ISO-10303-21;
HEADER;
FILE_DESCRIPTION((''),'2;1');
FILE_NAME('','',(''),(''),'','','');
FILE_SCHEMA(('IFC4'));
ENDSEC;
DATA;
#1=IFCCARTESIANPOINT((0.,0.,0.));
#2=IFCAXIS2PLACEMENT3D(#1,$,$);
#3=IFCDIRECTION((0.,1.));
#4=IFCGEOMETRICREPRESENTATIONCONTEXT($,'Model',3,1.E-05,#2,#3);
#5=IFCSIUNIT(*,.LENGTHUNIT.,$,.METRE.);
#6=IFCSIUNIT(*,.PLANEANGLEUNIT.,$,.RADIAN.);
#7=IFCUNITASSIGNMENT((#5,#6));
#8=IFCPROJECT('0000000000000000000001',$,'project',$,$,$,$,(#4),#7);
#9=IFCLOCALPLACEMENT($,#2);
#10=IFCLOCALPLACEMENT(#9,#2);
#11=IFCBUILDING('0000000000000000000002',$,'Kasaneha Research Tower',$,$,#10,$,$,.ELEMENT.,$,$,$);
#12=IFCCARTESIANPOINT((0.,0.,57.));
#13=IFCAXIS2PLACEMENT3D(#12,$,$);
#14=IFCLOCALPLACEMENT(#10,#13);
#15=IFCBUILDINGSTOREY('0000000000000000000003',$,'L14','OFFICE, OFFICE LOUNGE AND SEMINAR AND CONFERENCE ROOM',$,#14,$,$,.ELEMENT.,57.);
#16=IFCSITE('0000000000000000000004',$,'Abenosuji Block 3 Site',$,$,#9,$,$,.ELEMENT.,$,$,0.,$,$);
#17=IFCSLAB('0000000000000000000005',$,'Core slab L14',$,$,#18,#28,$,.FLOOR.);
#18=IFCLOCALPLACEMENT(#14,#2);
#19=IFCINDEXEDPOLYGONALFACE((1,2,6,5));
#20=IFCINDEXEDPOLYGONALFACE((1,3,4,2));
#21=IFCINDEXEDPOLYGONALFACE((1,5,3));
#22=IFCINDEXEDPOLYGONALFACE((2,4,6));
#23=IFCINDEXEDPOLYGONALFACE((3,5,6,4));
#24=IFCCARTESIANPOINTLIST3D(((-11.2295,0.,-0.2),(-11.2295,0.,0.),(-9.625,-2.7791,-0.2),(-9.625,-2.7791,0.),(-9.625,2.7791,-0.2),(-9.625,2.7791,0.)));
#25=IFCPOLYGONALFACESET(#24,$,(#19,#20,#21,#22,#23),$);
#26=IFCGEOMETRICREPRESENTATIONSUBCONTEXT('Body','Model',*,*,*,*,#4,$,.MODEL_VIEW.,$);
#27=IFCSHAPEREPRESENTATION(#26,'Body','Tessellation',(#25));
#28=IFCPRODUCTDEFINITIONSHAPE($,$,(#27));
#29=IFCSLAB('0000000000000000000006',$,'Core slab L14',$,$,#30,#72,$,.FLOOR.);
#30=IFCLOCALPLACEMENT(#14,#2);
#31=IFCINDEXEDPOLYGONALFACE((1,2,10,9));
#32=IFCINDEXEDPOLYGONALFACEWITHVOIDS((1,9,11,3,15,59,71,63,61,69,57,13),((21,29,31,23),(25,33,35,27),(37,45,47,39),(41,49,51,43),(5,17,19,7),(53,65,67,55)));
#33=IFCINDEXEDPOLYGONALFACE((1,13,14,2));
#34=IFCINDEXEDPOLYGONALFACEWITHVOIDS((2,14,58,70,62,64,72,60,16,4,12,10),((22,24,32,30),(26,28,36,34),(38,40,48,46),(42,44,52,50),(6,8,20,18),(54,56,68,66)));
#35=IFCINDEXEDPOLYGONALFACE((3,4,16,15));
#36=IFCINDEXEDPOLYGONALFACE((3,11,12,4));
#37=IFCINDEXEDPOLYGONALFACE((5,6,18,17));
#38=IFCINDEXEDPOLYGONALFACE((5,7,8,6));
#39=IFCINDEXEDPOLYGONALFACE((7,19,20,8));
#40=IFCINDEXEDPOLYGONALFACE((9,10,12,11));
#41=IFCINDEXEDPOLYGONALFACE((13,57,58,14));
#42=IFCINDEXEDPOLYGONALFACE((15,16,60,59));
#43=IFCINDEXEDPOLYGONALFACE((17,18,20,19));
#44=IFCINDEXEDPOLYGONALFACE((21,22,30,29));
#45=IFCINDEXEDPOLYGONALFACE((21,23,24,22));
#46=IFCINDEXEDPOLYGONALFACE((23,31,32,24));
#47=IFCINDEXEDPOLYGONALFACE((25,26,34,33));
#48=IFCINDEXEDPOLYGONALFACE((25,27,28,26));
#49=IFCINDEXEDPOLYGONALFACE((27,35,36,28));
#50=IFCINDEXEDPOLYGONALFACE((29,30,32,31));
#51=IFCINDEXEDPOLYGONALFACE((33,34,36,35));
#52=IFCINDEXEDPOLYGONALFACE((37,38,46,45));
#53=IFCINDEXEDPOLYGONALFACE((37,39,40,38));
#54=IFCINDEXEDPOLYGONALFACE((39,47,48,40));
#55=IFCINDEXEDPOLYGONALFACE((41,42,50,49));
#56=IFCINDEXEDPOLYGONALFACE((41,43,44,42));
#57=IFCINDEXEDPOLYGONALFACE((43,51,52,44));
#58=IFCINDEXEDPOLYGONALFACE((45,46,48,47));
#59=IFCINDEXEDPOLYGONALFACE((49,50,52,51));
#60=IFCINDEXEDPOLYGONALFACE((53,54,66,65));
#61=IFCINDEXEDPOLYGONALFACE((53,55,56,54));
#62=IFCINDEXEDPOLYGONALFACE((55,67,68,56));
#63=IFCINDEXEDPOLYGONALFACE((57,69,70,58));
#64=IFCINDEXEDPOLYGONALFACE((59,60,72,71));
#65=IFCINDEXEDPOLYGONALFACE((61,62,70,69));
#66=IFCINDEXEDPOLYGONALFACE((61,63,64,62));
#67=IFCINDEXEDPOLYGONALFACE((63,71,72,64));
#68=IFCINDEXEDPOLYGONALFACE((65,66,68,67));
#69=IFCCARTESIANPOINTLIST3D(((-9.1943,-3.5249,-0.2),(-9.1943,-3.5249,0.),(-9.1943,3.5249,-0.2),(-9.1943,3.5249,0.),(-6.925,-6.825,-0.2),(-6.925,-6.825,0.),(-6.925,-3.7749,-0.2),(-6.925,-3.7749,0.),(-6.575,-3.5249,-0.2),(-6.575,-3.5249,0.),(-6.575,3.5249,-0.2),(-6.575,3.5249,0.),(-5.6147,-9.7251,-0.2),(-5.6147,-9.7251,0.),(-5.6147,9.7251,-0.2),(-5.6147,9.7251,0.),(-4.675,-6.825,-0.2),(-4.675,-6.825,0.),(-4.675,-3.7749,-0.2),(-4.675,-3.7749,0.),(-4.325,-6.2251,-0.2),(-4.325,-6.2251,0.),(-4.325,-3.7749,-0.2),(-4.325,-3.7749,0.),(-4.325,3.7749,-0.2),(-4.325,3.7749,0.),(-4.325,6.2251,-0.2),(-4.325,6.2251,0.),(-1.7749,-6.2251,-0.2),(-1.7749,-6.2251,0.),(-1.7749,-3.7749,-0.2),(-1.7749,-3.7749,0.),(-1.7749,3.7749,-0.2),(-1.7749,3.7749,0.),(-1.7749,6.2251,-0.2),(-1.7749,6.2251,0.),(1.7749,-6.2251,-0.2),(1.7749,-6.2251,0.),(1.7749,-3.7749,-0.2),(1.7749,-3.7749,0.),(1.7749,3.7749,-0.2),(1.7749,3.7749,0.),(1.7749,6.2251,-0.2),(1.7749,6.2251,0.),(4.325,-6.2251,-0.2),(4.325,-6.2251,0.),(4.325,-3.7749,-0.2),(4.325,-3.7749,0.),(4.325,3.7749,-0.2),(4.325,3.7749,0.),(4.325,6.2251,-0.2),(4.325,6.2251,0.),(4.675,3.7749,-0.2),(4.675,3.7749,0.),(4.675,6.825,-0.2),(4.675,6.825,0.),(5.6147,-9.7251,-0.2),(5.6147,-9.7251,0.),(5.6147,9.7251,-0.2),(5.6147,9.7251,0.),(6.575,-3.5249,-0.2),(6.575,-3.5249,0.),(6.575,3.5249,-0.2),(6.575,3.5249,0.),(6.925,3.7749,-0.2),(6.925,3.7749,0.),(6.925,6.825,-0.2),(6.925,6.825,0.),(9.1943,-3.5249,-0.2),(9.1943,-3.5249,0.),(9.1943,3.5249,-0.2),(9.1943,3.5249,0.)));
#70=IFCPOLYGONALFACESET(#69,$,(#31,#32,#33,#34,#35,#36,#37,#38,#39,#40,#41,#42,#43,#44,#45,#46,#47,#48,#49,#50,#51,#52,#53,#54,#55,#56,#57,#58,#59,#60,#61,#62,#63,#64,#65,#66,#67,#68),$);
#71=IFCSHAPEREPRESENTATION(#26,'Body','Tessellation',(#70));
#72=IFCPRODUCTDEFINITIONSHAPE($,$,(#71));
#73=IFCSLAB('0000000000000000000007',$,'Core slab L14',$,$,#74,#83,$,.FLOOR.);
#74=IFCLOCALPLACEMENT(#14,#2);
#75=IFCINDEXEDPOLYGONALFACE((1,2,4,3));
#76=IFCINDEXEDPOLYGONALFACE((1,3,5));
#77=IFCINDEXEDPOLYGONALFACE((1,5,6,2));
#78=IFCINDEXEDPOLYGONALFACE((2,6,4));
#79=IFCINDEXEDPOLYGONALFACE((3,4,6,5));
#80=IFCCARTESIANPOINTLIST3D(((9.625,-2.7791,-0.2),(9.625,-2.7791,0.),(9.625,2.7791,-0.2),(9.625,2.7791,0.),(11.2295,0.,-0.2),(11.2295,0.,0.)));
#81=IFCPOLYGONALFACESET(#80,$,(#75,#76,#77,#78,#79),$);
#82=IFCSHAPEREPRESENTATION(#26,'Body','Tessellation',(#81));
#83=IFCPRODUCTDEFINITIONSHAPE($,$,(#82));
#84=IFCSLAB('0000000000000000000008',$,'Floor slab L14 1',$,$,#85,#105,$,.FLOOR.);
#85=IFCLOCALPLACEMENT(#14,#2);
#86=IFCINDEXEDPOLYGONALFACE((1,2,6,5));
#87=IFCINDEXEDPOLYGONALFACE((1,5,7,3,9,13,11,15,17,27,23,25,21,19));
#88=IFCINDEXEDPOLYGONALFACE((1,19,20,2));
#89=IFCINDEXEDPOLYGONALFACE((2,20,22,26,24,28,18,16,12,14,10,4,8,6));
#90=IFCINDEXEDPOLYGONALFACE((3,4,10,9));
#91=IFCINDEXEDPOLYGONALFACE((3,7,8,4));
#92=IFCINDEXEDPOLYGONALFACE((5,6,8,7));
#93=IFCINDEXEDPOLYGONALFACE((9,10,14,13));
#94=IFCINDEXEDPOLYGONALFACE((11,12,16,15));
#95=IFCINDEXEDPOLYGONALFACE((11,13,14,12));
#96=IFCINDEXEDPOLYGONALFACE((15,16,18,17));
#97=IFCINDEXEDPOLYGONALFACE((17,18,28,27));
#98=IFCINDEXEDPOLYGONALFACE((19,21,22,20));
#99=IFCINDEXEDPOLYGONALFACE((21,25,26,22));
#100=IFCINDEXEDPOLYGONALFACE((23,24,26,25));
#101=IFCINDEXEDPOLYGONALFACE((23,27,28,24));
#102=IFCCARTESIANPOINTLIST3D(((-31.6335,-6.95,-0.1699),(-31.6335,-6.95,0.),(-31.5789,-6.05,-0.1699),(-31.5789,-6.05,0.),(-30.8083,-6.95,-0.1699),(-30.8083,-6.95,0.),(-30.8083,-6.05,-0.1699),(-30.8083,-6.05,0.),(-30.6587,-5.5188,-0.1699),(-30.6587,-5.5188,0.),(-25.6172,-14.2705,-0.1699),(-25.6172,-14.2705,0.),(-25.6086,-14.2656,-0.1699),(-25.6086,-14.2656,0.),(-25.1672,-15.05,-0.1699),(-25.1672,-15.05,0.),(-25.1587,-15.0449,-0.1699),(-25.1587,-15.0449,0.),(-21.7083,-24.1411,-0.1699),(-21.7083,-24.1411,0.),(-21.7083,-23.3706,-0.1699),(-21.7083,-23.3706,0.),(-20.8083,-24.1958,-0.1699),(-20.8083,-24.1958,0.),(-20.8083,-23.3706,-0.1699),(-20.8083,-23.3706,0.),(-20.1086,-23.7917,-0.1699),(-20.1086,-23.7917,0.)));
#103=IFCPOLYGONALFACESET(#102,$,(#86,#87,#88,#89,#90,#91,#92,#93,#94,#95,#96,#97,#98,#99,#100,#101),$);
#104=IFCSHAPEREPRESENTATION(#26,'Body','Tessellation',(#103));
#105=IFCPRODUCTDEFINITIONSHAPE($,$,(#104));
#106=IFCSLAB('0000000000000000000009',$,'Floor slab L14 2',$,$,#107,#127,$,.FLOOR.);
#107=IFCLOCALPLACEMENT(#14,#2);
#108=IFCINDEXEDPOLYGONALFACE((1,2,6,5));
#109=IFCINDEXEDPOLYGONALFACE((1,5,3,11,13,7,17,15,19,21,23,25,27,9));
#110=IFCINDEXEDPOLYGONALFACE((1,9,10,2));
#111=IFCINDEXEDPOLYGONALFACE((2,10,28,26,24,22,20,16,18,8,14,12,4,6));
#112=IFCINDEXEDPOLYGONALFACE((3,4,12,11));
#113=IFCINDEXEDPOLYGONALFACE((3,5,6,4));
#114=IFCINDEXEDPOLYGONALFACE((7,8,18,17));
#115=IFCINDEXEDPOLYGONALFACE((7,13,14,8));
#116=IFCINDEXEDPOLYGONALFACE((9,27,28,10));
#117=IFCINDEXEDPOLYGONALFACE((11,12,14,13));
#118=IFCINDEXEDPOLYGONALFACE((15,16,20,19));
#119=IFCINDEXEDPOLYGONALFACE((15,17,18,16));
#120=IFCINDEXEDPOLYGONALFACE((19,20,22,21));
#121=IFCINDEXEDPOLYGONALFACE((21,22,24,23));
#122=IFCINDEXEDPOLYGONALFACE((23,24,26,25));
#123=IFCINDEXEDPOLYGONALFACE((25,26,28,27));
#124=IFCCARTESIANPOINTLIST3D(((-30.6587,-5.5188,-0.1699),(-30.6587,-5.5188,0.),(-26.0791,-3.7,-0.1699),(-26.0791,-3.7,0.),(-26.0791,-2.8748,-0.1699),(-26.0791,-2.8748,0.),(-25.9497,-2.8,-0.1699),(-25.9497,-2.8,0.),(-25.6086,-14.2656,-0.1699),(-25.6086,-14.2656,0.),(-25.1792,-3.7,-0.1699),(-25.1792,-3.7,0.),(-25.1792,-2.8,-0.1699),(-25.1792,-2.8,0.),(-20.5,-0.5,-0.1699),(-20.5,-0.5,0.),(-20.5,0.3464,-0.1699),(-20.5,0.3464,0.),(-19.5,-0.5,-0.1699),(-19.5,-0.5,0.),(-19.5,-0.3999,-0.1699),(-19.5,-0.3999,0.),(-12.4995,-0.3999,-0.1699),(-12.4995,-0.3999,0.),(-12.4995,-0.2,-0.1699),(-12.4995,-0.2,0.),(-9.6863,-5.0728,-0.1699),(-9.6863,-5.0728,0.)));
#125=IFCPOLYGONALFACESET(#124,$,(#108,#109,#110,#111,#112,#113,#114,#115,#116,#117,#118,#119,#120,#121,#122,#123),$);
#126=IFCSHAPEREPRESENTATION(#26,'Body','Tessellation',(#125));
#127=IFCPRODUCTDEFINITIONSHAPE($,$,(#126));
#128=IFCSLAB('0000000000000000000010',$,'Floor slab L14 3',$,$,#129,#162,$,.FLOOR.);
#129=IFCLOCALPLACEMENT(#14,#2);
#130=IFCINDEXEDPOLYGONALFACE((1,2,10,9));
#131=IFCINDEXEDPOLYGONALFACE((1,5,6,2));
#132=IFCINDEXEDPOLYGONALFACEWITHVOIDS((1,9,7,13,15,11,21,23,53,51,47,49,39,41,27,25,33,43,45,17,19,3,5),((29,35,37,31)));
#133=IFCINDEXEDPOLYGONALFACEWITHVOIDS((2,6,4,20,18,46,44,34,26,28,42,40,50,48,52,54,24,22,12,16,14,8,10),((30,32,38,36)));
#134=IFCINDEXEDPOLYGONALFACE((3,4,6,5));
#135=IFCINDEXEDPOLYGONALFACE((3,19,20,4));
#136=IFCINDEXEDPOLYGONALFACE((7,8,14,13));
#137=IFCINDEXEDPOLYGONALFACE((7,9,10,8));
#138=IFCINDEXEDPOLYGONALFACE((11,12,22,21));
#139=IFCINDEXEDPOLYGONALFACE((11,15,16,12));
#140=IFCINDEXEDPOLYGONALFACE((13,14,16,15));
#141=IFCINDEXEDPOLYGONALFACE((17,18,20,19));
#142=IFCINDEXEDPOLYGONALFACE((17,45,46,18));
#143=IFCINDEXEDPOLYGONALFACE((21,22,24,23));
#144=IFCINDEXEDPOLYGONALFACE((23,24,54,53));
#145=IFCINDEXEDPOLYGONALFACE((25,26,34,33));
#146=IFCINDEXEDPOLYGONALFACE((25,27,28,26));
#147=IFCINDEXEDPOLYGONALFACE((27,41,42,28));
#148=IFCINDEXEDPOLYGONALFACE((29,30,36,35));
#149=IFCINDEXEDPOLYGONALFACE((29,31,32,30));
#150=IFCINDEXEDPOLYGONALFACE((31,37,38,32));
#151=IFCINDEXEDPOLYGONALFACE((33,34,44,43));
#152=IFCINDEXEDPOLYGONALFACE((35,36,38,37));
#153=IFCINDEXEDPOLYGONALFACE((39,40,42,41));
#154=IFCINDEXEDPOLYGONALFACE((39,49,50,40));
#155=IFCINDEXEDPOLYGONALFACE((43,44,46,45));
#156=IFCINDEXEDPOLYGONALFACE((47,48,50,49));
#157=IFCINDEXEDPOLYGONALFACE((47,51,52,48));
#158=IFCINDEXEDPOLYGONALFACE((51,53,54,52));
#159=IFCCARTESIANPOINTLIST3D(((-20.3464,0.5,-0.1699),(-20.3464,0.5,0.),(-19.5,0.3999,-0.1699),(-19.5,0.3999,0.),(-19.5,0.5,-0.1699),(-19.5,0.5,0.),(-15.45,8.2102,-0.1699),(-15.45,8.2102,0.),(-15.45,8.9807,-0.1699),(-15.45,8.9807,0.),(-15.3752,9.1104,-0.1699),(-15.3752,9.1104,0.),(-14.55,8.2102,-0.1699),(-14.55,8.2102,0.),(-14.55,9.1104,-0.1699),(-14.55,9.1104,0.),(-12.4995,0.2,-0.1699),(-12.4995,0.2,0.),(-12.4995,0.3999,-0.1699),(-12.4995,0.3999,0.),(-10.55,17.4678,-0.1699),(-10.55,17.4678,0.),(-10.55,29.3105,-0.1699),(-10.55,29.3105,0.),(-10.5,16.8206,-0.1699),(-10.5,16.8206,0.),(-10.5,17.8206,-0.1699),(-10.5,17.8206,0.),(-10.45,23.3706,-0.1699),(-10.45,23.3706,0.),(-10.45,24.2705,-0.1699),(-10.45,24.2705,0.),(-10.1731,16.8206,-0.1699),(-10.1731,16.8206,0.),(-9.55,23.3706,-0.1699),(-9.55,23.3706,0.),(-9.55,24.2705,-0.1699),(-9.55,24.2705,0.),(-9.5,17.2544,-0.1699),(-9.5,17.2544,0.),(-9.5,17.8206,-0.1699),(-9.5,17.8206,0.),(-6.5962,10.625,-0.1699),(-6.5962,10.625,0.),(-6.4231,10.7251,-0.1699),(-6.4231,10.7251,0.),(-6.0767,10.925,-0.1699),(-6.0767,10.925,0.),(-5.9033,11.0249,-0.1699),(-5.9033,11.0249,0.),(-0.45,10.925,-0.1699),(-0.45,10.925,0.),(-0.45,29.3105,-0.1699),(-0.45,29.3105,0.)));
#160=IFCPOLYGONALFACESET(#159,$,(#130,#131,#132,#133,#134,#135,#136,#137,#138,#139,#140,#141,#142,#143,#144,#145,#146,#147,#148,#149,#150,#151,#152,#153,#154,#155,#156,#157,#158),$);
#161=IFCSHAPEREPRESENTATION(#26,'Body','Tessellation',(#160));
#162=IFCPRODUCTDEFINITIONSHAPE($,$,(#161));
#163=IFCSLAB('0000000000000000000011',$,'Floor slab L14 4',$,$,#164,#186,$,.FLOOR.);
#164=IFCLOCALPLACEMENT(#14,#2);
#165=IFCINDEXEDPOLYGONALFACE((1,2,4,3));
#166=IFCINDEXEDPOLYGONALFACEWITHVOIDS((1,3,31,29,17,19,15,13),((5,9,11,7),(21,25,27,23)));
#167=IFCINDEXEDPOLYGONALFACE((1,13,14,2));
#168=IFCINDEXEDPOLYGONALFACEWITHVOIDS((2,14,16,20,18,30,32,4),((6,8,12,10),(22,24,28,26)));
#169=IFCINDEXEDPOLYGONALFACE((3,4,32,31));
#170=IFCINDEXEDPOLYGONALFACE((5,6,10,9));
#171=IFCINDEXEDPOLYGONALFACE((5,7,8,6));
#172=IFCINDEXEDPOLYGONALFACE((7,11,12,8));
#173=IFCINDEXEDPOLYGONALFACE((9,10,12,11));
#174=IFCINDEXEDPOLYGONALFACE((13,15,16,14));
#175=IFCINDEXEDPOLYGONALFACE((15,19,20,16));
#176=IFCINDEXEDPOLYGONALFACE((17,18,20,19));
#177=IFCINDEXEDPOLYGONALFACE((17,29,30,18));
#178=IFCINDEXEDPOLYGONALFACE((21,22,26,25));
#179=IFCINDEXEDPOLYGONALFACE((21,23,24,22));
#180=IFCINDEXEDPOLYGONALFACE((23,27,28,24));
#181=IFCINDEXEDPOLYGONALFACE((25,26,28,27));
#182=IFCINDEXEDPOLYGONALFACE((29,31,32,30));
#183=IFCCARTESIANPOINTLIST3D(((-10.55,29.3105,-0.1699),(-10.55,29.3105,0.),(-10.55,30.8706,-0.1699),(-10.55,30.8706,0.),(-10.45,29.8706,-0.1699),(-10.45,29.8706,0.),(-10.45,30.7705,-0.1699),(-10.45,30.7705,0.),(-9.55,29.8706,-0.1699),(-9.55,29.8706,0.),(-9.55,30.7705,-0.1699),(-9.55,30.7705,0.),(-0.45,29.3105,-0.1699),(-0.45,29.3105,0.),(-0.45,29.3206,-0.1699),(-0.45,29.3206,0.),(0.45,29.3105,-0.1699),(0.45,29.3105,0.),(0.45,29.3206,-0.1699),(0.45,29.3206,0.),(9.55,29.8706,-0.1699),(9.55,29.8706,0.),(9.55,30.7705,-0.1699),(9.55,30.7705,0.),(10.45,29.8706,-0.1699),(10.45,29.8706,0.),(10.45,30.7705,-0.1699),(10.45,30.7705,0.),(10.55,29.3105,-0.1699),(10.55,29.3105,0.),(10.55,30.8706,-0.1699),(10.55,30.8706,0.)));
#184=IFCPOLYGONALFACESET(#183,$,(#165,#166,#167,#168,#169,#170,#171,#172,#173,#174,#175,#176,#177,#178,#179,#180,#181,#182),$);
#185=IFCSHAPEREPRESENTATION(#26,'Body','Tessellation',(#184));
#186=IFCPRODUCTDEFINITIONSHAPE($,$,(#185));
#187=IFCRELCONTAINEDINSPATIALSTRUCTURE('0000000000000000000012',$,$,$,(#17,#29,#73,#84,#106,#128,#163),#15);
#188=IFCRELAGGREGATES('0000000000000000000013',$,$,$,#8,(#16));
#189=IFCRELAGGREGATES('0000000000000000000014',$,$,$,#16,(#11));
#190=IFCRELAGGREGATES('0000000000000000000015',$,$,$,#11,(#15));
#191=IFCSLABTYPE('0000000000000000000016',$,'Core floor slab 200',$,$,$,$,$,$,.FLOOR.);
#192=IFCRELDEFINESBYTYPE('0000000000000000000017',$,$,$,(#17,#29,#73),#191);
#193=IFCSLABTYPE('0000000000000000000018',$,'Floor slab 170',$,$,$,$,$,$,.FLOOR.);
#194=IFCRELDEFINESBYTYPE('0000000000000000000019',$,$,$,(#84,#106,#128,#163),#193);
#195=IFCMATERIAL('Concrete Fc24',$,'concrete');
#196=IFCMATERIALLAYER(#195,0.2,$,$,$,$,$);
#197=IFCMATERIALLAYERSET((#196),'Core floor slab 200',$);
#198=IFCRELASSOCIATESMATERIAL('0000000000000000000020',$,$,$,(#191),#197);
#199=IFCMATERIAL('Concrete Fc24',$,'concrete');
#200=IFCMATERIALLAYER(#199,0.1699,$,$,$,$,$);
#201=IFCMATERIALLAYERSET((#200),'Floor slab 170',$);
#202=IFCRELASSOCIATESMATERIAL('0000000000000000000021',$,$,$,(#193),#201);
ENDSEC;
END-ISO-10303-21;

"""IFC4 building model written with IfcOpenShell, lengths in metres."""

from ifc_helpers import new_model, si_unit, direction, frame, origin, place, context, subcontext, project, spatial, polyline, outline, extrude, material, layer, layer_set, type_object, element, save


model = new_model("IFC4")

# Units and contexts
model_context = context("Model", 3, precision=1e-05, world=origin(), true_north=direction((0.0, 1.0)))
body_context = subcontext(model_context, "Body", "Model", "MODEL_VIEW")
ifc_project = project(units=[si_unit("LENGTHUNIT", "METRE"), si_unit("PLANEANGLEUNIT", "RADIAN")], contexts=[model_context])

# Site, building, storey
site_placement = place(None, origin())
site = spatial("IfcSite", under=ifc_project, at=site_placement, Name="Abenosuji Block 3 Site", CompositionType="ELEMENT", RefElevation=0.0)
building_placement = place(site_placement, origin())
building = spatial("IfcBuilding", under=site, at=building_placement, Name="Kasaneha Research Tower", CompositionType="ELEMENT")
storey_placement = place(building_placement, frame((0.0, 0.0, 57.0)))
storey = spatial("IfcBuildingStorey", under=building, at=storey_placement, Name="L14", Description="OFFICE, OFFICE LOUNGE AND SEMINAR AND CONFERENCE ROOM", CompositionType="ELEMENT", Elevation=57.0)

# Slabs
ifc_material_1 = material(Name="Concrete Fc24", Category="concrete")
ifc_layer_1 = layer(ifc_material_1, 0.2)
ifc_layer_set_1 = layer_set([ifc_layer_1], Name="Core floor slab 200")
slab_type_1 = type_object("IfcSlabType", Name="Core floor slab 200", PredefinedType="FLOOR", material=ifc_layer_set_1)
slab_1_placement = place(storey_placement, frame((0.0, 0.0, -0.2)))
element("IfcSlab", 1, at=slab_1_placement, inside=storey, type_object=slab_type_1, Name="Core slab L14", PredefinedType="FLOOR", context=body_context, shape_type="SweptSolid", body=[
    extrude(outline(polyline([(-11.2295, 0.0), (-9.625, 2.7791), (-9.625, -2.7791), (-11.2295, 0.0)])), origin(), (0.0, 0.0, 1.0), 0.2),
])
slab_2_placement = place(storey_placement, frame((0.0, 0.0, -0.2)))
element("IfcSlab", 2, at=slab_2_placement, inside=storey, type_object=slab_type_1, Name="Core slab L14", PredefinedType="FLOOR", context=body_context, shape_type="SweptSolid", body=[
    extrude(outline(polyline([(-5.6147, 9.7251), (5.6147, 9.7251), (9.1943, 3.5249), (6.575, 3.5249), (6.575, -3.5249), (9.1943, -3.5249), (5.6147, -9.7251), (-5.6147, -9.7251), (-9.1943, -3.5249), (-6.575, -3.5249), (-6.575, 3.5249), (-9.1943, 3.5249), (-5.6147, 9.7251)]), holes=[polyline([(-6.925, -3.7749), (-6.925, -6.825), (-4.675, -6.825), (-4.675, -3.7749), (-6.925, -3.7749)]), polyline([(-4.325, -3.7749), (-4.325, -6.2251), (-1.7749, -6.2251), (-1.7749, -3.7749), (-4.325, -3.7749)]), polyline([(1.7749, -3.7749), (1.7749, -6.2251), (4.325, -6.2251), (4.325, -3.7749), (1.7749, -3.7749)]), polyline([(-4.325, 6.2251), (-4.325, 3.7749), (-1.7749, 3.7749), (-1.7749, 6.2251), (-4.325, 6.2251)]), polyline([(4.325, 6.2251), (1.7749, 6.2251), (1.7749, 3.7749), (4.325, 3.7749), (4.325, 6.2251)]), polyline([(6.925, 6.825), (4.675, 6.825), (4.675, 3.7749), (6.925, 3.7749), (6.925, 6.825)])]), origin(), (0.0, 0.0, 1.0), 0.2),
])
slab_3_placement = place(storey_placement, frame((0.0, 0.0, -0.2)))
element("IfcSlab", 3, at=slab_3_placement, inside=storey, type_object=slab_type_1, Name="Core slab L14", PredefinedType="FLOOR", context=body_context, shape_type="SweptSolid", body=[
    extrude(outline(polyline([(11.2295, 0.0), (9.625, -2.7791), (9.625, 2.7791), (11.2295, 0.0)])), origin(), (0.0, 0.0, 1.0), 0.2),
])
ifc_material_2 = material(Name="Concrete Fc24", Category="concrete")
ifc_layer_2 = layer(ifc_material_2, 0.1699)
ifc_layer_set_2 = layer_set([ifc_layer_2], Name="Floor slab 170")
slab_type_2 = type_object("IfcSlabType", Name="Floor slab 170", PredefinedType="FLOOR", material=ifc_layer_set_2)
slab_4_placement = place(storey_placement, frame((0.0, 0.0, -0.1699)))
element("IfcSlab", 4, at=slab_4_placement, inside=storey, type_object=slab_type_2, Name="Floor slab L14 1", PredefinedType="FLOOR", context=body_context, shape_type="SweptSolid", body=[
    extrude(outline(polyline([(-25.1672, -15.05), (-25.1587, -15.0449), (-20.1086, -23.7917), (-20.8083, -24.1958), (-20.8083, -23.3706), (-21.7083, -23.3706), (-21.7083, -24.1411), (-31.6335, -6.95), (-30.8083, -6.95), (-30.8083, -6.05), (-31.5789, -6.05), (-30.6587, -5.5188), (-25.6086, -14.2656), (-25.6172, -14.2705), (-25.1672, -15.05)])), origin(), (0.0, 0.0, 1.0), 0.1699),
])
slab_5_placement = place(storey_placement, frame((0.0, 0.0, -0.1699)))
element("IfcSlab", 5, at=slab_5_placement, inside=storey, type_object=slab_type_2, Name="Floor slab L14 2", PredefinedType="FLOOR", context=body_context, shape_type="SweptSolid", body=[
    extrude(outline(polyline([(-25.1792, -2.8), (-25.9497, -2.8), (-20.5, 0.3464), (-20.5, -0.5), (-19.5, -0.5), (-19.5, -0.3999), (-12.4995, -0.3999), (-12.4995, -0.2), (-9.6863, -5.0728), (-25.6086, -14.2656), (-30.6587, -5.5188), (-26.0791, -2.8748), (-26.0791, -3.7), (-25.1792, -3.7), (-25.1792, -2.8)])), origin(), (0.0, 0.0, 1.0), 0.1699),
])
slab_6_placement = place(storey_placement, frame((0.0, 0.0, -0.1699)))
element("IfcSlab", 6, at=slab_6_placement, inside=storey, type_object=slab_type_2, Name="Floor slab L14 3", PredefinedType="FLOOR", context=body_context, shape_type="SweptSolid", body=[
    extrude(outline(polyline([(-14.55, 9.1104), (-15.3752, 9.1104), (-10.55, 17.4678), (-10.55, 29.3105), (-0.45, 29.3105), (-0.45, 10.925), (-6.0767, 10.925), (-5.9033, 11.0249), (-9.5, 17.2544), (-9.5, 17.8206), (-10.5, 17.8206), (-10.5, 16.8206), (-10.1731, 16.8206), (-6.5962, 10.625), (-6.4231, 10.7251), (-12.4995, 0.2), (-12.4995, 0.3999), (-19.5, 0.3999), (-19.5, 0.5), (-20.3464, 0.5), (-15.45, 8.9807), (-15.45, 8.2102), (-14.55, 8.2102), (-14.55, 9.1104)]), holes=[polyline([(-10.45, 23.3706), (-9.55, 23.3706), (-9.55, 24.2705), (-10.45, 24.2705), (-10.45, 23.3706)])]), origin(), (0.0, 0.0, 1.0), 0.1699),
])
slab_7_placement = place(storey_placement, frame((0.0, 0.0, -0.1699)))
element("IfcSlab", 7, at=slab_7_placement, inside=storey, type_object=slab_type_2, Name="Floor slab L14 4", PredefinedType="FLOOR", context=body_context, shape_type="SweptSolid", body=[
    extrude(outline(polyline([(10.55, 29.3105), (0.45, 29.3105), (0.45, 29.3206), (-0.45, 29.3206), (-0.45, 29.3105), (-10.55, 29.3105), (-10.55, 30.8706), (10.55, 30.8706), (10.55, 29.3105)]), holes=[polyline([(-10.45, 29.8706), (-9.55, 29.8706), (-9.55, 30.7705), (-10.45, 30.7705), (-10.45, 29.8706)]), polyline([(9.55, 29.8706), (10.45, 29.8706), (10.45, 30.7705), (9.55, 30.7705), (9.55, 29.8706)])]), origin(), (0.0, 0.0, 1.0), 0.1699),
])

save(model, "model.ifc")
